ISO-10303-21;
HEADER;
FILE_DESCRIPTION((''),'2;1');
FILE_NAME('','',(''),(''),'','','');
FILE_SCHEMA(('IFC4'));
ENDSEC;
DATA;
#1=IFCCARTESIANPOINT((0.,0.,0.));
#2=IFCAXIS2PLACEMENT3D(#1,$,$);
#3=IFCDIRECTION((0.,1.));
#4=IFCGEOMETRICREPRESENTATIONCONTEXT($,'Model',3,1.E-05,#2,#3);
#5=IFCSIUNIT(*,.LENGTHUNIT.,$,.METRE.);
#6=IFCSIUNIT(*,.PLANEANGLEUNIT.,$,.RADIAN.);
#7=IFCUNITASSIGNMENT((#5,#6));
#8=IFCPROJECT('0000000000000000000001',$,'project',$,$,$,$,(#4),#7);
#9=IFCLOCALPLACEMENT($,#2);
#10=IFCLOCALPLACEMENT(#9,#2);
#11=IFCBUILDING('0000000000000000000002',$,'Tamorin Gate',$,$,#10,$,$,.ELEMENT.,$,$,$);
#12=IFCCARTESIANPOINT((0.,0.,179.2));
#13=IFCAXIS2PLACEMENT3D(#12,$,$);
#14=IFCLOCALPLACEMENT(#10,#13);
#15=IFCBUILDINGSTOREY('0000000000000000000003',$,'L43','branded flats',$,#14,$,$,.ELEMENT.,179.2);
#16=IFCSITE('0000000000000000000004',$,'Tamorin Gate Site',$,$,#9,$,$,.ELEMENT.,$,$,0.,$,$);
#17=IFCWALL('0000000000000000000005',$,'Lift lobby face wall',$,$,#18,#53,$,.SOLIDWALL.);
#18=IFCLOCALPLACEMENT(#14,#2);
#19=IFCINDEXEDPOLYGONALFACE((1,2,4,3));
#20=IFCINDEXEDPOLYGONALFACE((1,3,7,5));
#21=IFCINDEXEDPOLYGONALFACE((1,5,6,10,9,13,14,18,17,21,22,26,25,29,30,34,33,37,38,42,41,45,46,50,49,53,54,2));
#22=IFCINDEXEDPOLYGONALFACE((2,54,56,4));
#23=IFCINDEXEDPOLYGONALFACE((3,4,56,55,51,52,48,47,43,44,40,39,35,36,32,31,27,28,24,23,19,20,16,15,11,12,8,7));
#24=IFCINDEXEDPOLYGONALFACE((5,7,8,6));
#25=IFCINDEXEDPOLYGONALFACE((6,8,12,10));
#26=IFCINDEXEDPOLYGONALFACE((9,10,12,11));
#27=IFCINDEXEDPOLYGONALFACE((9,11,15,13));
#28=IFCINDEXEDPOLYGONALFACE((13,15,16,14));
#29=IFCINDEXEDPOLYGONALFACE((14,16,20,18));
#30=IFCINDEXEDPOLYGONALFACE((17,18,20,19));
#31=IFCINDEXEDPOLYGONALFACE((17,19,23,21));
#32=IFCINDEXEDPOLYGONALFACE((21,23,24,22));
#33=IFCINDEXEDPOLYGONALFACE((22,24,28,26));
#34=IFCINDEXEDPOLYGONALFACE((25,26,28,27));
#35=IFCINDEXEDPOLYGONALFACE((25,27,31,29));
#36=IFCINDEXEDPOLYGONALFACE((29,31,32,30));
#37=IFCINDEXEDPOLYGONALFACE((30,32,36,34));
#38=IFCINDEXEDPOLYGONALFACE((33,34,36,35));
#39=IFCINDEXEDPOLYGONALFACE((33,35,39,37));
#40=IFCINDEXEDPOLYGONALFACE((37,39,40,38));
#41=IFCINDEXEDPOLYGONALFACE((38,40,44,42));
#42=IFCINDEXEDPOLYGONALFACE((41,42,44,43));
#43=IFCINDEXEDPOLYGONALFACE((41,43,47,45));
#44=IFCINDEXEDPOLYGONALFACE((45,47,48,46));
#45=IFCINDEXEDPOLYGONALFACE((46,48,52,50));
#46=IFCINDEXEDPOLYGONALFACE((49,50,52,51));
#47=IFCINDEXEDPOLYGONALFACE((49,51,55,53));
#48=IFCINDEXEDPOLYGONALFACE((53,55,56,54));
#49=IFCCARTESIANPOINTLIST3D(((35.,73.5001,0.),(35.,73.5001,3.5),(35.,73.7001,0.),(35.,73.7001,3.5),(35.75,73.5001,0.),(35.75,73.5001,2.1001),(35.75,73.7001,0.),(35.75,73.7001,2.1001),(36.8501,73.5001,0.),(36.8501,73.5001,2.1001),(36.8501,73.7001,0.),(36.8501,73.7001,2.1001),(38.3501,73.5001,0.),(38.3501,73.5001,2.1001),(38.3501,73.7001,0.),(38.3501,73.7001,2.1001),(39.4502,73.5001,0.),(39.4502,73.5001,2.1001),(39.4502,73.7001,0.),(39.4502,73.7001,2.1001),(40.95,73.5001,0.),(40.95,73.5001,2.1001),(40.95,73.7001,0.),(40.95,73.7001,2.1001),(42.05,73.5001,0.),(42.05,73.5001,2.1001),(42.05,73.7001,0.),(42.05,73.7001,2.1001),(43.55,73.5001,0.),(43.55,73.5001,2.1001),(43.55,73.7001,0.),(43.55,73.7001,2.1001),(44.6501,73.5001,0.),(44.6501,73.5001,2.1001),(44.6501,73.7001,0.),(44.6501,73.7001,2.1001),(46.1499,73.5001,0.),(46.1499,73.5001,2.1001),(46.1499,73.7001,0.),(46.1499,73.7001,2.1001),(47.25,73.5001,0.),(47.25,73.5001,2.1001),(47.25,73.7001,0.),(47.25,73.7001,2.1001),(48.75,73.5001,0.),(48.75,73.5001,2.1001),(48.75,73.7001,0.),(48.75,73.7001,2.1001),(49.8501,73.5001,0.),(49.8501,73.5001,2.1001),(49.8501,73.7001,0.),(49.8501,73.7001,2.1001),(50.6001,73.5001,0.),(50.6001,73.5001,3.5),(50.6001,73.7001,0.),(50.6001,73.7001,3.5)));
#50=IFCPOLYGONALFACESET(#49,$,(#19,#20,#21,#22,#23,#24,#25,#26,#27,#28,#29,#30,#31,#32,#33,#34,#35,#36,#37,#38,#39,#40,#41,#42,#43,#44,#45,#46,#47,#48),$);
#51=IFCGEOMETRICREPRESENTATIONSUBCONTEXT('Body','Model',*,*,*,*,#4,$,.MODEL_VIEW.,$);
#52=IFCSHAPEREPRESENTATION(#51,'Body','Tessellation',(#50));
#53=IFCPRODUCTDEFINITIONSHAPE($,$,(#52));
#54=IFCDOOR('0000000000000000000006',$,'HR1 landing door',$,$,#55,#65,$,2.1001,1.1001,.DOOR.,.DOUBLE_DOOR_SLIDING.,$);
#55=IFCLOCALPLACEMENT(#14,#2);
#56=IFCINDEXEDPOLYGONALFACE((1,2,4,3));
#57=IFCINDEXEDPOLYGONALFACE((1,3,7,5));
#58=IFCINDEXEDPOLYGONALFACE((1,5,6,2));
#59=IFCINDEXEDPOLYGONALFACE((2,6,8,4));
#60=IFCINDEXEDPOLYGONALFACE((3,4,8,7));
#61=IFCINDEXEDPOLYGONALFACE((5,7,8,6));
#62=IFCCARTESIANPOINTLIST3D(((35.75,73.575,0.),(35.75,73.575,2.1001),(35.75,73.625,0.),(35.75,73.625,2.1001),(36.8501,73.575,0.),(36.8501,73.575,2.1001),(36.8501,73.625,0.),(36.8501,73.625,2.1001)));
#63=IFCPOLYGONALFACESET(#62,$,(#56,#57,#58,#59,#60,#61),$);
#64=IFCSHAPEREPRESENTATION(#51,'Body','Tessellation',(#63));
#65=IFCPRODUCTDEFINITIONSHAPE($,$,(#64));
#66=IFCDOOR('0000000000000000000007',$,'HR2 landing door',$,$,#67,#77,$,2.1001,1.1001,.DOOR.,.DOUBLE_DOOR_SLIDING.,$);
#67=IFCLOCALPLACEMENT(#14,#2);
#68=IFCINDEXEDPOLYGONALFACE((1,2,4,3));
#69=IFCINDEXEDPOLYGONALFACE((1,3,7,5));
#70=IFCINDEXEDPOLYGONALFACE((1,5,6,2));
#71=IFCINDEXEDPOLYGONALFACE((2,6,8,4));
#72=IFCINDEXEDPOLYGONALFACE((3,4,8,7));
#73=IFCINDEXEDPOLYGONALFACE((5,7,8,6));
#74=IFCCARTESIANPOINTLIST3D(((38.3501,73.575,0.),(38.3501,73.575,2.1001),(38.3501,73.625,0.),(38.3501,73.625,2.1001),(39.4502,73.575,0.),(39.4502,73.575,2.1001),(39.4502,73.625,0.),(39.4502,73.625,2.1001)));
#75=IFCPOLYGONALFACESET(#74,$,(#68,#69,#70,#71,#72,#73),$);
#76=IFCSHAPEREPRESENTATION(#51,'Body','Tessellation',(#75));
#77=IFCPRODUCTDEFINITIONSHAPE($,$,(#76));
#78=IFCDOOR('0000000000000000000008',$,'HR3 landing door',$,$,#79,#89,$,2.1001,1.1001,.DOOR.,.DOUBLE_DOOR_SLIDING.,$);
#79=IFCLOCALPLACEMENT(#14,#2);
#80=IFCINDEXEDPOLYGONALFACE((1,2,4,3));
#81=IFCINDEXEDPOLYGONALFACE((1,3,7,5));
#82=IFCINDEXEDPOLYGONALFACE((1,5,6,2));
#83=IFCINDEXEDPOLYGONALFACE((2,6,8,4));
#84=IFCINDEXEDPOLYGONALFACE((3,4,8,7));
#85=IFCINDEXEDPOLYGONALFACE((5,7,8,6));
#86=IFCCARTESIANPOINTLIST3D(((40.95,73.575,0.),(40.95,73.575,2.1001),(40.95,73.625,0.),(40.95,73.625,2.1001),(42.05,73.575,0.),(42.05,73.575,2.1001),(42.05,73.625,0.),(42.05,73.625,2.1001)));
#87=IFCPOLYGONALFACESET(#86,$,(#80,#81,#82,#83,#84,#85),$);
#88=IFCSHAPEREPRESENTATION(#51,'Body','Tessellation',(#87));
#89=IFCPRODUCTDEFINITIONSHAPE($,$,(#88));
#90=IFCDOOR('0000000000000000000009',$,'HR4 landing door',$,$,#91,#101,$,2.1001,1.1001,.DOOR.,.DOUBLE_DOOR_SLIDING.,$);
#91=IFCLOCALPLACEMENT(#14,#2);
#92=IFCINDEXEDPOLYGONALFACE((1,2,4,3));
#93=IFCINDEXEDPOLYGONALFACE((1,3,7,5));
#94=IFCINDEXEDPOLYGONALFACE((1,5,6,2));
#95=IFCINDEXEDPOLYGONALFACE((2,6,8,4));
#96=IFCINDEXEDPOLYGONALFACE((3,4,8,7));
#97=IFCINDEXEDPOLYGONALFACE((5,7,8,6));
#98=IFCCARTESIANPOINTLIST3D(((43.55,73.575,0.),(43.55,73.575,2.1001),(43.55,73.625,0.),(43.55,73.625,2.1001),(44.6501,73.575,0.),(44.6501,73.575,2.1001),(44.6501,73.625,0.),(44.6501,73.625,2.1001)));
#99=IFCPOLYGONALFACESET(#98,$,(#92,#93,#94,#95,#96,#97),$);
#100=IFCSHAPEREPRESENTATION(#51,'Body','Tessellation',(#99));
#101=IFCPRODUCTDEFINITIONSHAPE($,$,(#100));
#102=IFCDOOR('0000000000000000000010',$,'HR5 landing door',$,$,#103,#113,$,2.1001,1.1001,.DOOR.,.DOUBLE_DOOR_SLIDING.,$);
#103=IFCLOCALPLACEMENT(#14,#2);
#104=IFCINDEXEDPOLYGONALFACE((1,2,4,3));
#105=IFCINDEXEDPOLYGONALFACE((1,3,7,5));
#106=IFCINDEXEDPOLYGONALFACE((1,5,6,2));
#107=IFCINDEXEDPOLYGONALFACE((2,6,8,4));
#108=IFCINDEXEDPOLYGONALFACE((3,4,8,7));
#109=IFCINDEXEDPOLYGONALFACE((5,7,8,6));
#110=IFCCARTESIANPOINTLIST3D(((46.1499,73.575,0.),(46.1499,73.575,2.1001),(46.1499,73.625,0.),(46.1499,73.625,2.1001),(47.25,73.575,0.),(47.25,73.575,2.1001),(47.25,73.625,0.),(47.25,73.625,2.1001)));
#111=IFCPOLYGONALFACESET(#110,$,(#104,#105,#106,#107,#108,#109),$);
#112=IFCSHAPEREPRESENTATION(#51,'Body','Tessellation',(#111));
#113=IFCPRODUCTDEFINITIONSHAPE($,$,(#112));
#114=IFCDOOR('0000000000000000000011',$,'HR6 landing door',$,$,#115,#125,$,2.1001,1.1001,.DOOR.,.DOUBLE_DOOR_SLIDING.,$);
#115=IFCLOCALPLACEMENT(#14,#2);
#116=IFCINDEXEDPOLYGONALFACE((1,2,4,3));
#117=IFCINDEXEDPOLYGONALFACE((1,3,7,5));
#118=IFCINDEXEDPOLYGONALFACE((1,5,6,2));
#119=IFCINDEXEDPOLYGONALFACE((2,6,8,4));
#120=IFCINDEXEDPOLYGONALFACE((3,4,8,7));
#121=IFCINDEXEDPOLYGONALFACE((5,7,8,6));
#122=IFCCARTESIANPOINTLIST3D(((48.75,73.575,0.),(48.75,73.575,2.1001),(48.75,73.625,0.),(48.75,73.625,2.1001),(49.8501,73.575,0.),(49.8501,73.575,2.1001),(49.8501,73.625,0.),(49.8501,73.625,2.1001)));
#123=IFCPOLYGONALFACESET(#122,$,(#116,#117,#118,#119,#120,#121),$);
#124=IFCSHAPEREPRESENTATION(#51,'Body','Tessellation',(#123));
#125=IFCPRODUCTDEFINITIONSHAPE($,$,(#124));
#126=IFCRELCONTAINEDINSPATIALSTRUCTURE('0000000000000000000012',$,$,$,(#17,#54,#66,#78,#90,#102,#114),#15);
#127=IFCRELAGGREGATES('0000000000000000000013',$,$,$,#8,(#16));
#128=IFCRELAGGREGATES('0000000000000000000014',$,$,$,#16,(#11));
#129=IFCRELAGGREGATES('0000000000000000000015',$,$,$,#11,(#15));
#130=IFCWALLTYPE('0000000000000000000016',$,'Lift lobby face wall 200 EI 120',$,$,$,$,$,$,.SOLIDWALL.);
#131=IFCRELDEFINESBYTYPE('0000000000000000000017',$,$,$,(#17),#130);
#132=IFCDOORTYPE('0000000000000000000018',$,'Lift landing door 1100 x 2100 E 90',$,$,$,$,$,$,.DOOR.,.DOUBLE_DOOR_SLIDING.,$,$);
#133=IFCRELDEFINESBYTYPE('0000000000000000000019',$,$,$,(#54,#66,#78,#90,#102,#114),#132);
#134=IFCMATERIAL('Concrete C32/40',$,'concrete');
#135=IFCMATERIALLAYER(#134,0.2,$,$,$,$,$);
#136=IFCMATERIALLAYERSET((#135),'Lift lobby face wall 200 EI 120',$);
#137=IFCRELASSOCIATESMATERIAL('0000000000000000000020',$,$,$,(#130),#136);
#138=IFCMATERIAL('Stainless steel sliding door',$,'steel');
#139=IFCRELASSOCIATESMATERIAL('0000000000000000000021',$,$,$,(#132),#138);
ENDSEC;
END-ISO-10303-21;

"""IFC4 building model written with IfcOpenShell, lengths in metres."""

from ifc_helpers import new_model, si_unit, direction, frame, frame_2d, origin, place, context, subcontext, project, spatial, rectangle, extrude, material, layer, layer_set, type_object, element, fill, save


model = new_model("IFC4")

# Units and contexts
model_context = context("Model", 3, precision=1e-05, world=origin(), true_north=direction((0.0, 1.0)))
body_context = subcontext(model_context, "Body", "Model", "MODEL_VIEW")
ifc_project = project(units=[si_unit("LENGTHUNIT", "METRE"), si_unit("PLANEANGLEUNIT", "RADIAN")], contexts=[model_context])

# Site, building, storey
site_placement = place(None, origin())
site = spatial("IfcSite", under=ifc_project, at=site_placement, Name="Tamorin Gate Site", CompositionType="ELEMENT", RefElevation=0.0)
building_placement = place(site_placement, origin())
building = spatial("IfcBuilding", under=site, at=building_placement, Name="Tamorin Gate", CompositionType="ELEMENT")
storey_placement = place(building_placement, frame((0.0, 0.0, 179.2)))
storey = spatial("IfcBuildingStorey", under=building, at=storey_placement, Name="L43", Description="branded flats", CompositionType="ELEMENT", Elevation=179.2)

# Wall, openings, doors
ifc_material_1 = material(Name="Concrete C32/40", Category="concrete")
ifc_layer_1 = layer(ifc_material_1, 0.2)
ifc_layer_set_1 = layer_set([ifc_layer_1], Name="Lift lobby face wall 200 EI 120")
wall_type_1 = type_object("IfcWallType", Name="Lift lobby face wall 200 EI 120", PredefinedType="SOLIDWALL", material=ifc_layer_set_1)
wall_1_placement = place(storey_placement, frame((35.0, 73.6001, 0.0), z_axis=(0.0, 0.0, 1.0), x_axis=(1.0, 0.0, 0.0)))
wall_1 = element("IfcWall", 1, at=wall_1_placement, inside=storey, type_object=wall_type_1, Name="Lift lobby face wall", PredefinedType="SOLIDWALL", context=body_context, shape_type="SweptSolid", body=[
    extrude(rectangle(XDim=15.6001, YDim=0.2, at=frame_2d((7.8, 0.0))), origin(), (0.0, 0.0, 1.0), 3.5),
])
opening_1_placement = place(wall_1_placement, frame((0.75, 0.0, 0.0)))
opening_1 = element("IfcOpeningElement", 2, at=opening_1_placement, cuts=wall_1, PredefinedType="OPENING", context=body_context, shape_type="SweptSolid", body=[
    extrude(rectangle(XDim=1.1001, YDim=2.1001, at=frame_2d((0.55, 1.05))), frame((0.0, 0.1099, 0.0), z_axis=(0.0, -1.0, 0.0), x_axis=(1.0, 0.0, 0.0)), (0.0, 0.0, 1.0), 0.22),
])
opening_2_placement = place(wall_1_placement, frame((3.3501, 0.0, 0.0)))
opening_2 = element("IfcOpeningElement", 3, at=opening_2_placement, cuts=wall_1, PredefinedType="OPENING", context=body_context, shape_type="SweptSolid", body=[
    extrude(rectangle(XDim=1.1001, YDim=2.1001, at=frame_2d((0.55, 1.05))), frame((0.0, 0.1099, 0.0), z_axis=(0.0, -1.0, 0.0), x_axis=(1.0, 0.0, 0.0)), (0.0, 0.0, 1.0), 0.22),
])
opening_3_placement = place(wall_1_placement, frame((5.95, 0.0, 0.0)))
opening_3 = element("IfcOpeningElement", 4, at=opening_3_placement, cuts=wall_1, PredefinedType="OPENING", context=body_context, shape_type="SweptSolid", body=[
    extrude(rectangle(XDim=1.1001, YDim=2.1001, at=frame_2d((0.55, 1.05))), frame((0.0, 0.1099, 0.0), z_axis=(0.0, -1.0, 0.0), x_axis=(1.0, 0.0, 0.0)), (0.0, 0.0, 1.0), 0.22),
])
opening_4_placement = place(wall_1_placement, frame((8.55, 0.0, 0.0)))
opening_4 = element("IfcOpeningElement", 5, at=opening_4_placement, cuts=wall_1, PredefinedType="OPENING", context=body_context, shape_type="SweptSolid", body=[
    extrude(rectangle(XDim=1.1001, YDim=2.1001, at=frame_2d((0.55, 1.05))), frame((0.0, 0.1099, 0.0), z_axis=(0.0, -1.0, 0.0), x_axis=(1.0, 0.0, 0.0)), (0.0, 0.0, 1.0), 0.22),
])
opening_5_placement = place(wall_1_placement, frame((11.1499, 0.0, 0.0)))
opening_5 = element("IfcOpeningElement", 6, at=opening_5_placement, cuts=wall_1, PredefinedType="OPENING", context=body_context, shape_type="SweptSolid", body=[
    extrude(rectangle(XDim=1.1001, YDim=2.1001, at=frame_2d((0.55, 1.05))), frame((0.0, 0.1099, 0.0), z_axis=(0.0, -1.0, 0.0), x_axis=(1.0, 0.0, 0.0)), (0.0, 0.0, 1.0), 0.22),
])
opening_6_placement = place(wall_1_placement, frame((13.75, 0.0, 0.0)))
opening_6 = element("IfcOpeningElement", 7, at=opening_6_placement, cuts=wall_1, PredefinedType="OPENING", context=body_context, shape_type="SweptSolid", body=[
    extrude(rectangle(XDim=1.1001, YDim=2.1001, at=frame_2d((0.55, 1.05))), frame((0.0, 0.1099, 0.0), z_axis=(0.0, -1.0, 0.0), x_axis=(1.0, 0.0, 0.0)), (0.0, 0.0, 1.0), 0.22),
])
ifc_material_2 = material(Name="Stainless steel sliding door", Category="steel")
door_type_1 = type_object("IfcDoorType", Name="Lift landing door 1100 x 2100 E 90", OperationType="DOUBLE_DOOR_SLIDING", PredefinedType="DOOR", material=ifc_material_2)
door_1_placement = place(opening_1_placement, origin())
door_1 = element("IfcDoor", 8, at=door_1_placement, inside=storey, type_object=door_type_1, Name="HR1 landing door", OperationType="DOUBLE_DOOR_SLIDING", OverallHeight=2.1001, OverallWidth=1.1001, PredefinedType="DOOR", context=body_context, shape_type="SweptSolid", body=[
    extrude(rectangle(XDim=1.1001, YDim=2.1001, at=frame_2d((0.55, 1.05))), frame((0.0, 0.0249, 0.0), z_axis=(0.0, -1.0, 0.0), x_axis=(1.0, 0.0, 0.0)), (0.0, 0.0, 1.0), 0.05),
])
fill(opening_1, door_1)
door_2_placement = place(opening_2_placement, origin())
door_2 = element("IfcDoor", 9, at=door_2_placement, inside=storey, type_object=door_type_1, Name="HR2 landing door", OperationType="DOUBLE_DOOR_SLIDING", OverallHeight=2.1001, OverallWidth=1.1001, PredefinedType="DOOR", context=body_context, shape_type="SweptSolid", body=[
    extrude(rectangle(XDim=1.1001, YDim=2.1001, at=frame_2d((0.55, 1.05))), frame((0.0, 0.0249, 0.0), z_axis=(0.0, -1.0, 0.0), x_axis=(1.0, 0.0, 0.0)), (0.0, 0.0, 1.0), 0.05),
])
fill(opening_2, door_2)
door_3_placement = place(opening_3_placement, origin())
door_3 = element("IfcDoor", 10, at=door_3_placement, inside=storey, type_object=door_type_1, Name="HR3 landing door", OperationType="DOUBLE_DOOR_SLIDING", OverallHeight=2.1001, OverallWidth=1.1001, PredefinedType="DOOR", context=body_context, shape_type="SweptSolid", body=[
    extrude(rectangle(XDim=1.1001, YDim=2.1001, at=frame_2d((0.55, 1.05))), frame((0.0, 0.0249, 0.0), z_axis=(0.0, -1.0, 0.0), x_axis=(1.0, 0.0, 0.0)), (0.0, 0.0, 1.0), 0.05),
])
fill(opening_3, door_3)
door_4_placement = place(opening_4_placement, origin())
door_4 = element("IfcDoor", 11, at=door_4_placement, inside=storey, type_object=door_type_1, Name="HR4 landing door", OperationType="DOUBLE_DOOR_SLIDING", OverallHeight=2.1001, OverallWidth=1.1001, PredefinedType="DOOR", context=body_context, shape_type="SweptSolid", body=[
    extrude(rectangle(XDim=1.1001, YDim=2.1001, at=frame_2d((0.55, 1.05))), frame((0.0, 0.0249, 0.0), z_axis=(0.0, -1.0, 0.0), x_axis=(1.0, 0.0, 0.0)), (0.0, 0.0, 1.0), 0.05),
])
fill(opening_4, door_4)
door_5_placement = place(opening_5_placement, origin())
door_5 = element("IfcDoor", 12, at=door_5_placement, inside=storey, type_object=door_type_1, Name="HR5 landing door", OperationType="DOUBLE_DOOR_SLIDING", OverallHeight=2.1001, OverallWidth=1.1001, PredefinedType="DOOR", context=body_context, shape_type="SweptSolid", body=[
    extrude(rectangle(XDim=1.1001, YDim=2.1001, at=frame_2d((0.55, 1.05))), frame((0.0, 0.0249, 0.0), z_axis=(0.0, -1.0, 0.0), x_axis=(1.0, 0.0, 0.0)), (0.0, 0.0, 1.0), 0.05),
])
fill(opening_5, door_5)
door_6_placement = place(opening_6_placement, origin())
door_6 = element("IfcDoor", 13, at=door_6_placement, inside=storey, type_object=door_type_1, Name="HR6 landing door", OperationType="DOUBLE_DOOR_SLIDING", OverallHeight=2.1001, OverallWidth=1.1001, PredefinedType="DOOR", context=body_context, shape_type="SweptSolid", body=[
    extrude(rectangle(XDim=1.1001, YDim=2.1001, at=frame_2d((0.55, 1.05))), frame((0.0, 0.0249, 0.0), z_axis=(0.0, -1.0, 0.0), x_axis=(1.0, 0.0, 0.0)), (0.0, 0.0, 1.0), 0.05),
])
fill(opening_6, door_6)

save(model, "model.ifc")
